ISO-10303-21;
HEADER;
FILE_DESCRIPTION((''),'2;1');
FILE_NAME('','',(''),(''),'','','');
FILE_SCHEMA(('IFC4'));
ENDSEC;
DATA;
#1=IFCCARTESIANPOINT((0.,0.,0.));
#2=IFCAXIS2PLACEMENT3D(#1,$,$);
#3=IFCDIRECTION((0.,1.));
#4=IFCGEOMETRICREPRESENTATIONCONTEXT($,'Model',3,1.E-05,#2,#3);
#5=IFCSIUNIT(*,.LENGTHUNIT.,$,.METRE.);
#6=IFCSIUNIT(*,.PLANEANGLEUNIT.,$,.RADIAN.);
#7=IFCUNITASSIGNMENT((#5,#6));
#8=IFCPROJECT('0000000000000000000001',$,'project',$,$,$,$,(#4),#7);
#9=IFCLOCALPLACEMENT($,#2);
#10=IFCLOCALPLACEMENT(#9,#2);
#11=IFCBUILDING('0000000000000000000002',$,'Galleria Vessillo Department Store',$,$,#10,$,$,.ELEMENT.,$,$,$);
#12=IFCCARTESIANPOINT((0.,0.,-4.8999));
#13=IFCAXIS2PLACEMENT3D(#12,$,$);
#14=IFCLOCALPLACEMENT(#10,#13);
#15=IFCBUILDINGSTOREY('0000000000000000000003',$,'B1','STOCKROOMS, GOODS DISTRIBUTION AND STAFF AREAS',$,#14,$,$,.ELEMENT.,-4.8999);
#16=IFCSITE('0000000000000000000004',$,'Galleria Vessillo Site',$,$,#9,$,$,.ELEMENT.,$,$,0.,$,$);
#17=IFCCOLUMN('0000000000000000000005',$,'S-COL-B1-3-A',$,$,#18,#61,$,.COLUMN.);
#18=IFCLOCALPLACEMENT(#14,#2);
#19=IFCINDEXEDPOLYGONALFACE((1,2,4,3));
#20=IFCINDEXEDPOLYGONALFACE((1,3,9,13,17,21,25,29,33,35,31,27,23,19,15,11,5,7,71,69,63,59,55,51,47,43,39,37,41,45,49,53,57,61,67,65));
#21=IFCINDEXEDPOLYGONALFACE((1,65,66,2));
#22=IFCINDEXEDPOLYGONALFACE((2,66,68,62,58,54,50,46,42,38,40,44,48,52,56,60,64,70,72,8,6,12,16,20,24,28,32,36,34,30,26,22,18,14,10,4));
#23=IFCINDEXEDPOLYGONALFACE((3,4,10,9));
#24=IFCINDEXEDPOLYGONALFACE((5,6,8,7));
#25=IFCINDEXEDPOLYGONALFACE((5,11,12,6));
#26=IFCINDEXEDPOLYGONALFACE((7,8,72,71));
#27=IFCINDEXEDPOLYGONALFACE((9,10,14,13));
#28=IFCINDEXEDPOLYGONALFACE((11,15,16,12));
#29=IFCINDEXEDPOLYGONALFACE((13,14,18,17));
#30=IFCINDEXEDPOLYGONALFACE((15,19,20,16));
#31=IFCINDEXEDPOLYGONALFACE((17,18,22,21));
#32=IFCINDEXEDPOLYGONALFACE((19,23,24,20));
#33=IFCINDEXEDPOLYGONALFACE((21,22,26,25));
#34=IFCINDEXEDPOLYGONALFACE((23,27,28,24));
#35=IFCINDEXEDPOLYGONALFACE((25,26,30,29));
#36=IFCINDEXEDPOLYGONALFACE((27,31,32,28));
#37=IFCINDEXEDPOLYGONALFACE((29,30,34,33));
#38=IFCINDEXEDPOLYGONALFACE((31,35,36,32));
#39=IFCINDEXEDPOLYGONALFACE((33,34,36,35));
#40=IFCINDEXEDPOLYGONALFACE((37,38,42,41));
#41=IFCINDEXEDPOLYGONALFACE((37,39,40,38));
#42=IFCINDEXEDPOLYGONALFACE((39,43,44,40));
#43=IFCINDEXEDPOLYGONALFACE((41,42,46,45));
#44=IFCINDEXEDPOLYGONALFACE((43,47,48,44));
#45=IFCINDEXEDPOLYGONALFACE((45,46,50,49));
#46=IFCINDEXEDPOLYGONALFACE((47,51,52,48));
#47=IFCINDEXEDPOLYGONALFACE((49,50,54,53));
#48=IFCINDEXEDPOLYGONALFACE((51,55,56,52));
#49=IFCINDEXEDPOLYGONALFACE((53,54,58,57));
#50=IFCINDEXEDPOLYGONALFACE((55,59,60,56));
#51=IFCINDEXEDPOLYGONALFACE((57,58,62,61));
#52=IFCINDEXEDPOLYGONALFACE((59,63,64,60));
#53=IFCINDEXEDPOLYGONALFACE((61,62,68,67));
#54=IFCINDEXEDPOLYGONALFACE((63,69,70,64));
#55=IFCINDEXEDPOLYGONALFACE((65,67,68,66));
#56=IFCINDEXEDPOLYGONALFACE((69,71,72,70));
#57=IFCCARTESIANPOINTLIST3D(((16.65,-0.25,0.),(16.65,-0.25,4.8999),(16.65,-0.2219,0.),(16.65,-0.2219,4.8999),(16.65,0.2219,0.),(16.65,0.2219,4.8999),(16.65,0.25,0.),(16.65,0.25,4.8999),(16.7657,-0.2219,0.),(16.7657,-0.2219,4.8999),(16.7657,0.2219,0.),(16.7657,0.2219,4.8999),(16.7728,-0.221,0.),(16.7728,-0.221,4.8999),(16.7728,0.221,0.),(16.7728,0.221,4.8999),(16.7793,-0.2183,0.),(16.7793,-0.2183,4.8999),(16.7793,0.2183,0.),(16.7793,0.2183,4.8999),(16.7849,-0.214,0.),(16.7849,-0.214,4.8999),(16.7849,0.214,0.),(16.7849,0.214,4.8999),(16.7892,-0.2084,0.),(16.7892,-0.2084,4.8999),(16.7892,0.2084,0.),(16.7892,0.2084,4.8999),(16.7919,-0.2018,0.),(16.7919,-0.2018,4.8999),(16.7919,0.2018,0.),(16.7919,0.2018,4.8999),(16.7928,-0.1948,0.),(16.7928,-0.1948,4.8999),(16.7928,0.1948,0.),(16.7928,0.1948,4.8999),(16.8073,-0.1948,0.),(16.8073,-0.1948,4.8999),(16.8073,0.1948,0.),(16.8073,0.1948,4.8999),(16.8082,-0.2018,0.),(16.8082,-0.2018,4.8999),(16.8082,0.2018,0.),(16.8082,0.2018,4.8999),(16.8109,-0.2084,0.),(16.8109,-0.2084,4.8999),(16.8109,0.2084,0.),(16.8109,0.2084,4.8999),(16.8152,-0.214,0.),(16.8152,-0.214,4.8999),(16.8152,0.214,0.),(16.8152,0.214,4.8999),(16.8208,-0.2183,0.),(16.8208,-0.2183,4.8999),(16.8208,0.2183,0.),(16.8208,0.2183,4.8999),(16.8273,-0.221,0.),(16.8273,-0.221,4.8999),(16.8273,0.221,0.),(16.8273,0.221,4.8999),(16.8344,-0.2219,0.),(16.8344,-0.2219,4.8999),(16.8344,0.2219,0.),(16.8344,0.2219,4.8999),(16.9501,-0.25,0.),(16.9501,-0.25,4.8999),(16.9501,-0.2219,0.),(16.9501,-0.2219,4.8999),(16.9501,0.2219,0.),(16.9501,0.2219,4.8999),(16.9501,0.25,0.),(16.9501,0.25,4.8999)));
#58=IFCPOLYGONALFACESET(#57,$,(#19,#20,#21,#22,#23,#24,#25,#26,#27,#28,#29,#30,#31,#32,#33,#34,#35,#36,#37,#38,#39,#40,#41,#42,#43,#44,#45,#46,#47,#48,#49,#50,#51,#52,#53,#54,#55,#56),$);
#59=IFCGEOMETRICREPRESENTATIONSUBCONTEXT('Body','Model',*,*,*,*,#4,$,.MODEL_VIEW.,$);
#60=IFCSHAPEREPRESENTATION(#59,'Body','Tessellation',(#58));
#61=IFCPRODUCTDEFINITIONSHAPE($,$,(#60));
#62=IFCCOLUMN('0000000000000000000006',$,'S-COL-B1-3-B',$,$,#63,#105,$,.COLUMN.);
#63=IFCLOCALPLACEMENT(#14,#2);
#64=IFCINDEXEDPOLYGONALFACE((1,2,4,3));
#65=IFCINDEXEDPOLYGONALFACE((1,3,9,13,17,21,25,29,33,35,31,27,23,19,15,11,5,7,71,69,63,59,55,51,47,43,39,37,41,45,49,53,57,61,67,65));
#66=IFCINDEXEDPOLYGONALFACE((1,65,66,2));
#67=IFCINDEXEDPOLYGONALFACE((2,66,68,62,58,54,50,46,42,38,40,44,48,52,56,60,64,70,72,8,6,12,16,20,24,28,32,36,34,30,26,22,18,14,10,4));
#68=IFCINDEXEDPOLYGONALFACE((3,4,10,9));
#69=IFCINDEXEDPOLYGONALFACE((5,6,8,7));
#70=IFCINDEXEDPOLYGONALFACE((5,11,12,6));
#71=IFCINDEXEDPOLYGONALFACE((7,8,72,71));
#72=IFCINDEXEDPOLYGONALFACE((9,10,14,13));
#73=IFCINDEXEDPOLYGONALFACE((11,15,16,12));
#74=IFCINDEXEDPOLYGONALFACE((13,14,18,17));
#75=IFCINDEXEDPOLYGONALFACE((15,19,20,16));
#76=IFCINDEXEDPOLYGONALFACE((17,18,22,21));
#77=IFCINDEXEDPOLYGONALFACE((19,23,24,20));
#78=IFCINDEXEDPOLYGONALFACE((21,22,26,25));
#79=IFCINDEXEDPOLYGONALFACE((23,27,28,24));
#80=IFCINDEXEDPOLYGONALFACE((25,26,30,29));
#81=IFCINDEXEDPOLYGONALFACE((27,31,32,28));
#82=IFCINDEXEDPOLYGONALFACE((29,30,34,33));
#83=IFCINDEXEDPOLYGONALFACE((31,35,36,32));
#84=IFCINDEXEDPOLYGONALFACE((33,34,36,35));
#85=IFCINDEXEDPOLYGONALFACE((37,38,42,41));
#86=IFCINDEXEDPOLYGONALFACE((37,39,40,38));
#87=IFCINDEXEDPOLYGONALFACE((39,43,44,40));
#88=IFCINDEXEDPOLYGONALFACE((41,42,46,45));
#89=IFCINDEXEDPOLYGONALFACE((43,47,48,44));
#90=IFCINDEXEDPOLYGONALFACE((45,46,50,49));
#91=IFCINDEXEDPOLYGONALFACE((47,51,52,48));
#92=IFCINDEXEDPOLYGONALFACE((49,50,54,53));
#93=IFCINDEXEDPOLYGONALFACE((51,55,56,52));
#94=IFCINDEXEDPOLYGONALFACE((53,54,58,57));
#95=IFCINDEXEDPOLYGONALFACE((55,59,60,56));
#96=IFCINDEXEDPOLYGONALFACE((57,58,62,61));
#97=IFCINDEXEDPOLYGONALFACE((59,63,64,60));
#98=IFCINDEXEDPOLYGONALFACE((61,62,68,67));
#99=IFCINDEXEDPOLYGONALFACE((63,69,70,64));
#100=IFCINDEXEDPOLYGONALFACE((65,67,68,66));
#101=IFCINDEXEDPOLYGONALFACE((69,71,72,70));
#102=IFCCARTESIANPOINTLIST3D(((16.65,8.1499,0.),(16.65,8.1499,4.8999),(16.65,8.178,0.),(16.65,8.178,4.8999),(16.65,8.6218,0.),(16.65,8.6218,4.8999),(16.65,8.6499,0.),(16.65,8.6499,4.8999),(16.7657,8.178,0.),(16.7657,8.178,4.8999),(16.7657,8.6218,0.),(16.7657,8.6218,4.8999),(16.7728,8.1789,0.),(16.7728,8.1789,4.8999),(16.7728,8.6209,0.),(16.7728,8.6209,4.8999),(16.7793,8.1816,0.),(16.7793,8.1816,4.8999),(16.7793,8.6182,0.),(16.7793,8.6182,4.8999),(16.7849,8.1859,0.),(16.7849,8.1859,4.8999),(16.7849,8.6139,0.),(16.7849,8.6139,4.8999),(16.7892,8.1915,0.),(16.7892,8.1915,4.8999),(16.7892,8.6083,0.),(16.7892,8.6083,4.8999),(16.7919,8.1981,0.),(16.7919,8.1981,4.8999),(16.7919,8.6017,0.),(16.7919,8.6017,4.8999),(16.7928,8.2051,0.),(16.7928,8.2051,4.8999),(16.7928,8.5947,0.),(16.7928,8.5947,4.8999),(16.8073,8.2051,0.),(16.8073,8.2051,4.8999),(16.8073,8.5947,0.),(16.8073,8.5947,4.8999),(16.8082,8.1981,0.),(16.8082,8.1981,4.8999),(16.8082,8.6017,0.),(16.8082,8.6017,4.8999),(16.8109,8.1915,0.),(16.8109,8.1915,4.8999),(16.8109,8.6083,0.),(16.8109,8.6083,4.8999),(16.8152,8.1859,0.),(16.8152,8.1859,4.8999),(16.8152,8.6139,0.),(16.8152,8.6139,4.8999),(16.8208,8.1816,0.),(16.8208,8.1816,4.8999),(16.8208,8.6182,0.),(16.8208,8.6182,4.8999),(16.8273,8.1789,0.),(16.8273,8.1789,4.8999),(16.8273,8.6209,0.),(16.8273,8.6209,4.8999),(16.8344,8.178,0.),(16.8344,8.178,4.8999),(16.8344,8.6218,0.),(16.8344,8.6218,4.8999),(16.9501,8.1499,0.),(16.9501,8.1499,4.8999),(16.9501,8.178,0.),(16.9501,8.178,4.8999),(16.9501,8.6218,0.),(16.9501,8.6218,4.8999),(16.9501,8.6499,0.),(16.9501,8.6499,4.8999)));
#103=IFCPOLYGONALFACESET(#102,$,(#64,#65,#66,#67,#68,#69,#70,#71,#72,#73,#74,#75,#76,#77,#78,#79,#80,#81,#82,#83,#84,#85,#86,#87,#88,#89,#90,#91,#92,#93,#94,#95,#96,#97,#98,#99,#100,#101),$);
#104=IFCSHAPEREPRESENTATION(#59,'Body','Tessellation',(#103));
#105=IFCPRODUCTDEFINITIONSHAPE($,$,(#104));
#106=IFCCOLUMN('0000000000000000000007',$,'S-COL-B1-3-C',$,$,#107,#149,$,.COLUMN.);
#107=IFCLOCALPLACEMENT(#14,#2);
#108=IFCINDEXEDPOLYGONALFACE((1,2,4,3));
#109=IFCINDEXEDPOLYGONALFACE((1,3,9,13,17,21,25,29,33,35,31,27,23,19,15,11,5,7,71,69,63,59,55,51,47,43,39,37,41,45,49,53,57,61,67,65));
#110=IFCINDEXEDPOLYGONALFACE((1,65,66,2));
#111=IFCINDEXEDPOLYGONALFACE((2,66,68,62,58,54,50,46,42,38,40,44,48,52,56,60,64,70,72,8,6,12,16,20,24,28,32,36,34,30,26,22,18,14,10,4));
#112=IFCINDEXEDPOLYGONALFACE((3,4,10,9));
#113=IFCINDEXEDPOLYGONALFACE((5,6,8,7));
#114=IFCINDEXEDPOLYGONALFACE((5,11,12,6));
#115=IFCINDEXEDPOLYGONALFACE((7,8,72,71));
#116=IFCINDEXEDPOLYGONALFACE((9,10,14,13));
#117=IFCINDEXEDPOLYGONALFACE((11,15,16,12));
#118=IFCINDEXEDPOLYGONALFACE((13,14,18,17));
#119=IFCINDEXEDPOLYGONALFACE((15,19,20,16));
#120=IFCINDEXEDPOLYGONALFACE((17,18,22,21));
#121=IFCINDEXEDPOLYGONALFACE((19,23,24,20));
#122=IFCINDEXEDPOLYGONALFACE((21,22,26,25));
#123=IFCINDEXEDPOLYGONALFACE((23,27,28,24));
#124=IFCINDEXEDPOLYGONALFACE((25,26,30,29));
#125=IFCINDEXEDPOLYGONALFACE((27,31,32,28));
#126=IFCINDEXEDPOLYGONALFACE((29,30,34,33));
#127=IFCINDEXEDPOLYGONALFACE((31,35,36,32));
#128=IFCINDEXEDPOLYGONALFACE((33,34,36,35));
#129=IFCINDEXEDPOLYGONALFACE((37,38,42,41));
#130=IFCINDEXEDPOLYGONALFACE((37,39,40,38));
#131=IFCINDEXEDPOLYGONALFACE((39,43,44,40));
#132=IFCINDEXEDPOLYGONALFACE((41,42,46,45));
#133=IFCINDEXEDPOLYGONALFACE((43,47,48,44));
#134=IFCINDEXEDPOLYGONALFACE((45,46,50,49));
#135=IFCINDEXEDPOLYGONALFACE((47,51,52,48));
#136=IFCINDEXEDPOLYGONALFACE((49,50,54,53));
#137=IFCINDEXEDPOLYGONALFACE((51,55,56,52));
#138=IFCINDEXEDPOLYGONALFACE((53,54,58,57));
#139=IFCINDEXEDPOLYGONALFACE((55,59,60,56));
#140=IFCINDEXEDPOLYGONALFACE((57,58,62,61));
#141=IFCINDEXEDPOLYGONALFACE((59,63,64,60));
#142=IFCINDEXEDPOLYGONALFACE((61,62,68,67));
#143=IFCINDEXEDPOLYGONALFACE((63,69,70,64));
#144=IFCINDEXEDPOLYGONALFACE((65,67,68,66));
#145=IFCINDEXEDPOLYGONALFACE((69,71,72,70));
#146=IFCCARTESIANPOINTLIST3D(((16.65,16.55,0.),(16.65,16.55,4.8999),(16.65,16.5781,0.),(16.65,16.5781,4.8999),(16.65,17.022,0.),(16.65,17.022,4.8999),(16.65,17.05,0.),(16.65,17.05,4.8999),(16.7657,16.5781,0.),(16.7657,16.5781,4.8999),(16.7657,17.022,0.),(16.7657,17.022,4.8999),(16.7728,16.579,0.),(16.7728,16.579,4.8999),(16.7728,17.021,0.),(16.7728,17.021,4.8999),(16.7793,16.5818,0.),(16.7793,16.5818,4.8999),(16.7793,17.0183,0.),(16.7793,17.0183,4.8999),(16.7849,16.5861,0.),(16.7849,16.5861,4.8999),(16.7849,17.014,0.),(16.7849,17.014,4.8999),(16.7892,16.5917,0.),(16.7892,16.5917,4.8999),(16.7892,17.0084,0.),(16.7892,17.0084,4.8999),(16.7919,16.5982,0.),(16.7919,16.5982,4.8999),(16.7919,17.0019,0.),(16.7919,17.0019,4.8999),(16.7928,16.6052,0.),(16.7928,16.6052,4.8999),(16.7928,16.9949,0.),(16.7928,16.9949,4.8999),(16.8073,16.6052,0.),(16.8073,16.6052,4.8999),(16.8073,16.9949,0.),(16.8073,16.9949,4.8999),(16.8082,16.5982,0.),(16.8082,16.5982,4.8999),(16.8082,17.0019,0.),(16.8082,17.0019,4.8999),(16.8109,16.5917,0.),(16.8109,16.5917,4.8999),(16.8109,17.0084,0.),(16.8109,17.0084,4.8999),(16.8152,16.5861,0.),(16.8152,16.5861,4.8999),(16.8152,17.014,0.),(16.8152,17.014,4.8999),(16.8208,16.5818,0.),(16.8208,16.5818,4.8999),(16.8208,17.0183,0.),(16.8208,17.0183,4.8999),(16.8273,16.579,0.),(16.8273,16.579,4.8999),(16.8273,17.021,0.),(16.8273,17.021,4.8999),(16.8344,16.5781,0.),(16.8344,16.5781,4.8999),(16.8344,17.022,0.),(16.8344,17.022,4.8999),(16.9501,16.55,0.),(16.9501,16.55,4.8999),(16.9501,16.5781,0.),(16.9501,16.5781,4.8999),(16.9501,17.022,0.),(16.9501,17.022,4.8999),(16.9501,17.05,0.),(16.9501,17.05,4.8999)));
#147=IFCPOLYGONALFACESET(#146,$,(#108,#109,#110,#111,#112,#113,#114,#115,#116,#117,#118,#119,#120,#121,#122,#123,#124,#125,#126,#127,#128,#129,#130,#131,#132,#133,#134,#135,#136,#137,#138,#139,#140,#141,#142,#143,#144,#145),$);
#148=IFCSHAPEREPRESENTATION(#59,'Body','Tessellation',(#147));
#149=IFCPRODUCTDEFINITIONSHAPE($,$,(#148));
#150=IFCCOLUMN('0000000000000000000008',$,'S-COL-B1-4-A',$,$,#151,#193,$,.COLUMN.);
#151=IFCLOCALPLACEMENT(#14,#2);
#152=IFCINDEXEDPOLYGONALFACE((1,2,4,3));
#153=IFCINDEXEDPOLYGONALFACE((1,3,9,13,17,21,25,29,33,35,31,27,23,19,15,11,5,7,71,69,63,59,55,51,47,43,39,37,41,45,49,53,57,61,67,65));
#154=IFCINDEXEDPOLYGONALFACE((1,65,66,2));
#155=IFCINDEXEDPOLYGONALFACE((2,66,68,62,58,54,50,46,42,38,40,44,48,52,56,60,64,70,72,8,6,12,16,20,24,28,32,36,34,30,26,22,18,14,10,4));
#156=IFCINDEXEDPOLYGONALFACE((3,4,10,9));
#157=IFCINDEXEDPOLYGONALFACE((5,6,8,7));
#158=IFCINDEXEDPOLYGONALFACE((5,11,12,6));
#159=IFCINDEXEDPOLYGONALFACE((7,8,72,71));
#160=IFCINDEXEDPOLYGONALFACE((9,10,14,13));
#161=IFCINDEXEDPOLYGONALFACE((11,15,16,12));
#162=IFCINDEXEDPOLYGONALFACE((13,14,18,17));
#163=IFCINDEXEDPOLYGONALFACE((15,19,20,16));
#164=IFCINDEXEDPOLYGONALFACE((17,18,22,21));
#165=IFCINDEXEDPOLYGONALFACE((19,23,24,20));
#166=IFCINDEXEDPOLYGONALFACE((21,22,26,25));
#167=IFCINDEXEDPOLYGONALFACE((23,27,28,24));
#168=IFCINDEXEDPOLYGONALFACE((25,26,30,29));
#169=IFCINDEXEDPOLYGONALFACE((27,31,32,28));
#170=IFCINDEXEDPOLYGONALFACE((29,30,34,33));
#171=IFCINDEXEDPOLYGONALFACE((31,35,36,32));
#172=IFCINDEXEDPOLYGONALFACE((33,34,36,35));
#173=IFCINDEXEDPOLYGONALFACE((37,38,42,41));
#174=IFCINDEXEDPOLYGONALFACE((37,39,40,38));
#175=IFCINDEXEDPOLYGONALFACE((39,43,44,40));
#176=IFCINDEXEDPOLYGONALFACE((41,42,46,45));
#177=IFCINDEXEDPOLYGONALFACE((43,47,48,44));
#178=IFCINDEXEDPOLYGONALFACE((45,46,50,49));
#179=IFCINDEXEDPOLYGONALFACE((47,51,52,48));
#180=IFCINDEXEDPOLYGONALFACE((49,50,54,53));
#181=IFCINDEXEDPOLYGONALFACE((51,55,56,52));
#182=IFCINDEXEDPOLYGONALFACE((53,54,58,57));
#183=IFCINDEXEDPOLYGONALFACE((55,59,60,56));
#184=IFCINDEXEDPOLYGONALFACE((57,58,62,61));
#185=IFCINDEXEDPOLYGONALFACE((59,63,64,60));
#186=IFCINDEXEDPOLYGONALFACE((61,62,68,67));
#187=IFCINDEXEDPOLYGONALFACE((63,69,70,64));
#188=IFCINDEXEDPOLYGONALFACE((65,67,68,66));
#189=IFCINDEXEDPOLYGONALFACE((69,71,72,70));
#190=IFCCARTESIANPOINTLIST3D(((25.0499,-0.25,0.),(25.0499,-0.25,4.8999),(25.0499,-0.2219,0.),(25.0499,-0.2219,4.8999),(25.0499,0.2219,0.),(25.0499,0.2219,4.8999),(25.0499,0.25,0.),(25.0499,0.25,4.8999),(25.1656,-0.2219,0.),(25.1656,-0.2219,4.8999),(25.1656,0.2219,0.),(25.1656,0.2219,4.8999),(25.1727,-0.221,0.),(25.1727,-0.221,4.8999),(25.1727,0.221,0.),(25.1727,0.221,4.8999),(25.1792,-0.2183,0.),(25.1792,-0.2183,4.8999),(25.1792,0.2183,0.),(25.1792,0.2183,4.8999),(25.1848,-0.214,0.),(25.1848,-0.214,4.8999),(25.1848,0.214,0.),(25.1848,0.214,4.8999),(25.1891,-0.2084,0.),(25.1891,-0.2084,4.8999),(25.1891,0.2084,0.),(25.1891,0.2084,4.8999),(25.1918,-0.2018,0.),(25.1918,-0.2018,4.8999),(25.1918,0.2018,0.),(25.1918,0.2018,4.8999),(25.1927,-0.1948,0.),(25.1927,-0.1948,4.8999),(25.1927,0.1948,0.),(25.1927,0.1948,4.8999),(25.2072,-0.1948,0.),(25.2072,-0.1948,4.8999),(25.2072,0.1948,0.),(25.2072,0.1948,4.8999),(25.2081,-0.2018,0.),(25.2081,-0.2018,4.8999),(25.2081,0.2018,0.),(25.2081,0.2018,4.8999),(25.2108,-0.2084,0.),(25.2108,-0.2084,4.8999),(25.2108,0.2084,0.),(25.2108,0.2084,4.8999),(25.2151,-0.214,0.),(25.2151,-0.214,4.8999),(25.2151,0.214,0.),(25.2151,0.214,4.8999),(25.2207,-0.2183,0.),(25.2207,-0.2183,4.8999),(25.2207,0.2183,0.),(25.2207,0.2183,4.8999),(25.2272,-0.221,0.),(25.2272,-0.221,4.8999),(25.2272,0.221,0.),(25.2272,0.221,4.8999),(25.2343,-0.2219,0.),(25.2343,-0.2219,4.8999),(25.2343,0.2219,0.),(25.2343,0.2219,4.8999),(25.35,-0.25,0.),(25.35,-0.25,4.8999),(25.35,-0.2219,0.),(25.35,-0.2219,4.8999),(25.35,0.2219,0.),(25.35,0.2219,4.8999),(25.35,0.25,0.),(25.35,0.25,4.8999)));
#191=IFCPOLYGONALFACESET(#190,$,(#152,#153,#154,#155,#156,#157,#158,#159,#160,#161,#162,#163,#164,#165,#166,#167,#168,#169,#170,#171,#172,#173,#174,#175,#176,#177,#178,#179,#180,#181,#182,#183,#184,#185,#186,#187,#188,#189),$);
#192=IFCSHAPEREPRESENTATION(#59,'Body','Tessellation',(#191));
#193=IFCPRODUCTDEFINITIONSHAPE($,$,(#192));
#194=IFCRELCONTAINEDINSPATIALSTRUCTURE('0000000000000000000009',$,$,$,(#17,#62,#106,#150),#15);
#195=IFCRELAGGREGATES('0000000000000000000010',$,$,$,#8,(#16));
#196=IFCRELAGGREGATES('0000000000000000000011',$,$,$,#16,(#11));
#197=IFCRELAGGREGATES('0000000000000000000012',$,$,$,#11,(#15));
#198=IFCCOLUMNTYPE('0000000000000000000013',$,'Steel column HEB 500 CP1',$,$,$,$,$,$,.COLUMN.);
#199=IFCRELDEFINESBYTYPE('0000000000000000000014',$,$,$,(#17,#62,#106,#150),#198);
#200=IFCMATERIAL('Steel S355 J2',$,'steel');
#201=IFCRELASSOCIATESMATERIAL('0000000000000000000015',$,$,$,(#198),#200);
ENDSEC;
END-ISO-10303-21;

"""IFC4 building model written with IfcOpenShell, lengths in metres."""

from ifc_helpers import new_model, si_unit, direction, frame, origin, origin_2d, place, context, subcontext, project, spatial, i_section, extrude, material, material_profile, profile_set, type_object, element, save


model = new_model("IFC4")

# Units and contexts
model_context = context("Model", 3, precision=1e-05, world=origin(), true_north=direction((0.0, 1.0)))
body_context = subcontext(model_context, "Body", "Model", "MODEL_VIEW")
ifc_project = project(units=[si_unit("LENGTHUNIT", "METRE"), si_unit("PLANEANGLEUNIT", "RADIAN")], contexts=[model_context])

# Site, building, storey
site_placement = place(None, origin())
site = spatial("IfcSite", under=ifc_project, at=site_placement, Name="Galleria Vessillo Site", CompositionType="ELEMENT", RefElevation=0.0)
building_placement = place(site_placement, origin())
building = spatial("IfcBuilding", under=site, at=building_placement, Name="Galleria Vessillo Department Store", CompositionType="ELEMENT")
storey_placement = place(building_placement, frame((0.0, 0.0, -4.8999)))
storey = spatial("IfcBuildingStorey", under=building, at=storey_placement, Name="B1", Description="STOCKROOMS, GOODS DISTRIBUTION AND STAFF AREAS", CompositionType="ELEMENT", Elevation=-4.8999)

# Columns
ifc_material_1 = material(Name="Steel S355 J2", Category="steel")
ifc_material_profile = material_profile(ifc_material_1, i_section(OverallWidth=0.3, OverallDepth=0.5, WebThickness=0.0144, FlangeThickness=0.0281, FilletRadius=0.0271, at=origin_2d()), Name="HEB 500")
ifc_profile_set = profile_set([ifc_material_profile], Name="Steel S355 J2")
column_type = type_object("IfcColumnType", Name="Steel column HEB 500 CP1", PredefinedType="COLUMN", material=ifc_profile_set)
for number, where, z_axis, x_axis, name in (
    (1, (16.8, 0.0, 0.0), (0.0, 0.0, 1.0), (1.0, 0.0, 0.0), "S-COL-B1-3-A"),
    (2, (16.8, 8.3999, 0.0), (0.0, 0.0, 1.0), (1.0, 0.0, 0.0), "S-COL-B1-3-B"),
    (3, (16.8, 16.8, 0.0), (0.0, 0.0, 1.0), (1.0, 0.0, 0.0), "S-COL-B1-3-C"),
    (4, (25.2, 0.0, 0.0), (0.0, 0.0, 1.0), (1.0, 0.0, 0.0), "S-COL-B1-4-A"),
):
    element("IfcColumn", number, at=place(storey_placement, frame(where, z_axis=z_axis, x_axis=x_axis)), inside=storey, type_object=column_type, Name=name, PredefinedType="COLUMN", context=body_context, shape_type="SweptSolid", body=[
        extrude(i_section(OverallWidth=0.3, OverallDepth=0.5, WebThickness=0.0144, FlangeThickness=0.0281, FilletRadius=0.0271, at=origin_2d()), origin(), (0.0, 0.0, 1.0), 4.8999),
    ])

save(model, "model.ifc")
